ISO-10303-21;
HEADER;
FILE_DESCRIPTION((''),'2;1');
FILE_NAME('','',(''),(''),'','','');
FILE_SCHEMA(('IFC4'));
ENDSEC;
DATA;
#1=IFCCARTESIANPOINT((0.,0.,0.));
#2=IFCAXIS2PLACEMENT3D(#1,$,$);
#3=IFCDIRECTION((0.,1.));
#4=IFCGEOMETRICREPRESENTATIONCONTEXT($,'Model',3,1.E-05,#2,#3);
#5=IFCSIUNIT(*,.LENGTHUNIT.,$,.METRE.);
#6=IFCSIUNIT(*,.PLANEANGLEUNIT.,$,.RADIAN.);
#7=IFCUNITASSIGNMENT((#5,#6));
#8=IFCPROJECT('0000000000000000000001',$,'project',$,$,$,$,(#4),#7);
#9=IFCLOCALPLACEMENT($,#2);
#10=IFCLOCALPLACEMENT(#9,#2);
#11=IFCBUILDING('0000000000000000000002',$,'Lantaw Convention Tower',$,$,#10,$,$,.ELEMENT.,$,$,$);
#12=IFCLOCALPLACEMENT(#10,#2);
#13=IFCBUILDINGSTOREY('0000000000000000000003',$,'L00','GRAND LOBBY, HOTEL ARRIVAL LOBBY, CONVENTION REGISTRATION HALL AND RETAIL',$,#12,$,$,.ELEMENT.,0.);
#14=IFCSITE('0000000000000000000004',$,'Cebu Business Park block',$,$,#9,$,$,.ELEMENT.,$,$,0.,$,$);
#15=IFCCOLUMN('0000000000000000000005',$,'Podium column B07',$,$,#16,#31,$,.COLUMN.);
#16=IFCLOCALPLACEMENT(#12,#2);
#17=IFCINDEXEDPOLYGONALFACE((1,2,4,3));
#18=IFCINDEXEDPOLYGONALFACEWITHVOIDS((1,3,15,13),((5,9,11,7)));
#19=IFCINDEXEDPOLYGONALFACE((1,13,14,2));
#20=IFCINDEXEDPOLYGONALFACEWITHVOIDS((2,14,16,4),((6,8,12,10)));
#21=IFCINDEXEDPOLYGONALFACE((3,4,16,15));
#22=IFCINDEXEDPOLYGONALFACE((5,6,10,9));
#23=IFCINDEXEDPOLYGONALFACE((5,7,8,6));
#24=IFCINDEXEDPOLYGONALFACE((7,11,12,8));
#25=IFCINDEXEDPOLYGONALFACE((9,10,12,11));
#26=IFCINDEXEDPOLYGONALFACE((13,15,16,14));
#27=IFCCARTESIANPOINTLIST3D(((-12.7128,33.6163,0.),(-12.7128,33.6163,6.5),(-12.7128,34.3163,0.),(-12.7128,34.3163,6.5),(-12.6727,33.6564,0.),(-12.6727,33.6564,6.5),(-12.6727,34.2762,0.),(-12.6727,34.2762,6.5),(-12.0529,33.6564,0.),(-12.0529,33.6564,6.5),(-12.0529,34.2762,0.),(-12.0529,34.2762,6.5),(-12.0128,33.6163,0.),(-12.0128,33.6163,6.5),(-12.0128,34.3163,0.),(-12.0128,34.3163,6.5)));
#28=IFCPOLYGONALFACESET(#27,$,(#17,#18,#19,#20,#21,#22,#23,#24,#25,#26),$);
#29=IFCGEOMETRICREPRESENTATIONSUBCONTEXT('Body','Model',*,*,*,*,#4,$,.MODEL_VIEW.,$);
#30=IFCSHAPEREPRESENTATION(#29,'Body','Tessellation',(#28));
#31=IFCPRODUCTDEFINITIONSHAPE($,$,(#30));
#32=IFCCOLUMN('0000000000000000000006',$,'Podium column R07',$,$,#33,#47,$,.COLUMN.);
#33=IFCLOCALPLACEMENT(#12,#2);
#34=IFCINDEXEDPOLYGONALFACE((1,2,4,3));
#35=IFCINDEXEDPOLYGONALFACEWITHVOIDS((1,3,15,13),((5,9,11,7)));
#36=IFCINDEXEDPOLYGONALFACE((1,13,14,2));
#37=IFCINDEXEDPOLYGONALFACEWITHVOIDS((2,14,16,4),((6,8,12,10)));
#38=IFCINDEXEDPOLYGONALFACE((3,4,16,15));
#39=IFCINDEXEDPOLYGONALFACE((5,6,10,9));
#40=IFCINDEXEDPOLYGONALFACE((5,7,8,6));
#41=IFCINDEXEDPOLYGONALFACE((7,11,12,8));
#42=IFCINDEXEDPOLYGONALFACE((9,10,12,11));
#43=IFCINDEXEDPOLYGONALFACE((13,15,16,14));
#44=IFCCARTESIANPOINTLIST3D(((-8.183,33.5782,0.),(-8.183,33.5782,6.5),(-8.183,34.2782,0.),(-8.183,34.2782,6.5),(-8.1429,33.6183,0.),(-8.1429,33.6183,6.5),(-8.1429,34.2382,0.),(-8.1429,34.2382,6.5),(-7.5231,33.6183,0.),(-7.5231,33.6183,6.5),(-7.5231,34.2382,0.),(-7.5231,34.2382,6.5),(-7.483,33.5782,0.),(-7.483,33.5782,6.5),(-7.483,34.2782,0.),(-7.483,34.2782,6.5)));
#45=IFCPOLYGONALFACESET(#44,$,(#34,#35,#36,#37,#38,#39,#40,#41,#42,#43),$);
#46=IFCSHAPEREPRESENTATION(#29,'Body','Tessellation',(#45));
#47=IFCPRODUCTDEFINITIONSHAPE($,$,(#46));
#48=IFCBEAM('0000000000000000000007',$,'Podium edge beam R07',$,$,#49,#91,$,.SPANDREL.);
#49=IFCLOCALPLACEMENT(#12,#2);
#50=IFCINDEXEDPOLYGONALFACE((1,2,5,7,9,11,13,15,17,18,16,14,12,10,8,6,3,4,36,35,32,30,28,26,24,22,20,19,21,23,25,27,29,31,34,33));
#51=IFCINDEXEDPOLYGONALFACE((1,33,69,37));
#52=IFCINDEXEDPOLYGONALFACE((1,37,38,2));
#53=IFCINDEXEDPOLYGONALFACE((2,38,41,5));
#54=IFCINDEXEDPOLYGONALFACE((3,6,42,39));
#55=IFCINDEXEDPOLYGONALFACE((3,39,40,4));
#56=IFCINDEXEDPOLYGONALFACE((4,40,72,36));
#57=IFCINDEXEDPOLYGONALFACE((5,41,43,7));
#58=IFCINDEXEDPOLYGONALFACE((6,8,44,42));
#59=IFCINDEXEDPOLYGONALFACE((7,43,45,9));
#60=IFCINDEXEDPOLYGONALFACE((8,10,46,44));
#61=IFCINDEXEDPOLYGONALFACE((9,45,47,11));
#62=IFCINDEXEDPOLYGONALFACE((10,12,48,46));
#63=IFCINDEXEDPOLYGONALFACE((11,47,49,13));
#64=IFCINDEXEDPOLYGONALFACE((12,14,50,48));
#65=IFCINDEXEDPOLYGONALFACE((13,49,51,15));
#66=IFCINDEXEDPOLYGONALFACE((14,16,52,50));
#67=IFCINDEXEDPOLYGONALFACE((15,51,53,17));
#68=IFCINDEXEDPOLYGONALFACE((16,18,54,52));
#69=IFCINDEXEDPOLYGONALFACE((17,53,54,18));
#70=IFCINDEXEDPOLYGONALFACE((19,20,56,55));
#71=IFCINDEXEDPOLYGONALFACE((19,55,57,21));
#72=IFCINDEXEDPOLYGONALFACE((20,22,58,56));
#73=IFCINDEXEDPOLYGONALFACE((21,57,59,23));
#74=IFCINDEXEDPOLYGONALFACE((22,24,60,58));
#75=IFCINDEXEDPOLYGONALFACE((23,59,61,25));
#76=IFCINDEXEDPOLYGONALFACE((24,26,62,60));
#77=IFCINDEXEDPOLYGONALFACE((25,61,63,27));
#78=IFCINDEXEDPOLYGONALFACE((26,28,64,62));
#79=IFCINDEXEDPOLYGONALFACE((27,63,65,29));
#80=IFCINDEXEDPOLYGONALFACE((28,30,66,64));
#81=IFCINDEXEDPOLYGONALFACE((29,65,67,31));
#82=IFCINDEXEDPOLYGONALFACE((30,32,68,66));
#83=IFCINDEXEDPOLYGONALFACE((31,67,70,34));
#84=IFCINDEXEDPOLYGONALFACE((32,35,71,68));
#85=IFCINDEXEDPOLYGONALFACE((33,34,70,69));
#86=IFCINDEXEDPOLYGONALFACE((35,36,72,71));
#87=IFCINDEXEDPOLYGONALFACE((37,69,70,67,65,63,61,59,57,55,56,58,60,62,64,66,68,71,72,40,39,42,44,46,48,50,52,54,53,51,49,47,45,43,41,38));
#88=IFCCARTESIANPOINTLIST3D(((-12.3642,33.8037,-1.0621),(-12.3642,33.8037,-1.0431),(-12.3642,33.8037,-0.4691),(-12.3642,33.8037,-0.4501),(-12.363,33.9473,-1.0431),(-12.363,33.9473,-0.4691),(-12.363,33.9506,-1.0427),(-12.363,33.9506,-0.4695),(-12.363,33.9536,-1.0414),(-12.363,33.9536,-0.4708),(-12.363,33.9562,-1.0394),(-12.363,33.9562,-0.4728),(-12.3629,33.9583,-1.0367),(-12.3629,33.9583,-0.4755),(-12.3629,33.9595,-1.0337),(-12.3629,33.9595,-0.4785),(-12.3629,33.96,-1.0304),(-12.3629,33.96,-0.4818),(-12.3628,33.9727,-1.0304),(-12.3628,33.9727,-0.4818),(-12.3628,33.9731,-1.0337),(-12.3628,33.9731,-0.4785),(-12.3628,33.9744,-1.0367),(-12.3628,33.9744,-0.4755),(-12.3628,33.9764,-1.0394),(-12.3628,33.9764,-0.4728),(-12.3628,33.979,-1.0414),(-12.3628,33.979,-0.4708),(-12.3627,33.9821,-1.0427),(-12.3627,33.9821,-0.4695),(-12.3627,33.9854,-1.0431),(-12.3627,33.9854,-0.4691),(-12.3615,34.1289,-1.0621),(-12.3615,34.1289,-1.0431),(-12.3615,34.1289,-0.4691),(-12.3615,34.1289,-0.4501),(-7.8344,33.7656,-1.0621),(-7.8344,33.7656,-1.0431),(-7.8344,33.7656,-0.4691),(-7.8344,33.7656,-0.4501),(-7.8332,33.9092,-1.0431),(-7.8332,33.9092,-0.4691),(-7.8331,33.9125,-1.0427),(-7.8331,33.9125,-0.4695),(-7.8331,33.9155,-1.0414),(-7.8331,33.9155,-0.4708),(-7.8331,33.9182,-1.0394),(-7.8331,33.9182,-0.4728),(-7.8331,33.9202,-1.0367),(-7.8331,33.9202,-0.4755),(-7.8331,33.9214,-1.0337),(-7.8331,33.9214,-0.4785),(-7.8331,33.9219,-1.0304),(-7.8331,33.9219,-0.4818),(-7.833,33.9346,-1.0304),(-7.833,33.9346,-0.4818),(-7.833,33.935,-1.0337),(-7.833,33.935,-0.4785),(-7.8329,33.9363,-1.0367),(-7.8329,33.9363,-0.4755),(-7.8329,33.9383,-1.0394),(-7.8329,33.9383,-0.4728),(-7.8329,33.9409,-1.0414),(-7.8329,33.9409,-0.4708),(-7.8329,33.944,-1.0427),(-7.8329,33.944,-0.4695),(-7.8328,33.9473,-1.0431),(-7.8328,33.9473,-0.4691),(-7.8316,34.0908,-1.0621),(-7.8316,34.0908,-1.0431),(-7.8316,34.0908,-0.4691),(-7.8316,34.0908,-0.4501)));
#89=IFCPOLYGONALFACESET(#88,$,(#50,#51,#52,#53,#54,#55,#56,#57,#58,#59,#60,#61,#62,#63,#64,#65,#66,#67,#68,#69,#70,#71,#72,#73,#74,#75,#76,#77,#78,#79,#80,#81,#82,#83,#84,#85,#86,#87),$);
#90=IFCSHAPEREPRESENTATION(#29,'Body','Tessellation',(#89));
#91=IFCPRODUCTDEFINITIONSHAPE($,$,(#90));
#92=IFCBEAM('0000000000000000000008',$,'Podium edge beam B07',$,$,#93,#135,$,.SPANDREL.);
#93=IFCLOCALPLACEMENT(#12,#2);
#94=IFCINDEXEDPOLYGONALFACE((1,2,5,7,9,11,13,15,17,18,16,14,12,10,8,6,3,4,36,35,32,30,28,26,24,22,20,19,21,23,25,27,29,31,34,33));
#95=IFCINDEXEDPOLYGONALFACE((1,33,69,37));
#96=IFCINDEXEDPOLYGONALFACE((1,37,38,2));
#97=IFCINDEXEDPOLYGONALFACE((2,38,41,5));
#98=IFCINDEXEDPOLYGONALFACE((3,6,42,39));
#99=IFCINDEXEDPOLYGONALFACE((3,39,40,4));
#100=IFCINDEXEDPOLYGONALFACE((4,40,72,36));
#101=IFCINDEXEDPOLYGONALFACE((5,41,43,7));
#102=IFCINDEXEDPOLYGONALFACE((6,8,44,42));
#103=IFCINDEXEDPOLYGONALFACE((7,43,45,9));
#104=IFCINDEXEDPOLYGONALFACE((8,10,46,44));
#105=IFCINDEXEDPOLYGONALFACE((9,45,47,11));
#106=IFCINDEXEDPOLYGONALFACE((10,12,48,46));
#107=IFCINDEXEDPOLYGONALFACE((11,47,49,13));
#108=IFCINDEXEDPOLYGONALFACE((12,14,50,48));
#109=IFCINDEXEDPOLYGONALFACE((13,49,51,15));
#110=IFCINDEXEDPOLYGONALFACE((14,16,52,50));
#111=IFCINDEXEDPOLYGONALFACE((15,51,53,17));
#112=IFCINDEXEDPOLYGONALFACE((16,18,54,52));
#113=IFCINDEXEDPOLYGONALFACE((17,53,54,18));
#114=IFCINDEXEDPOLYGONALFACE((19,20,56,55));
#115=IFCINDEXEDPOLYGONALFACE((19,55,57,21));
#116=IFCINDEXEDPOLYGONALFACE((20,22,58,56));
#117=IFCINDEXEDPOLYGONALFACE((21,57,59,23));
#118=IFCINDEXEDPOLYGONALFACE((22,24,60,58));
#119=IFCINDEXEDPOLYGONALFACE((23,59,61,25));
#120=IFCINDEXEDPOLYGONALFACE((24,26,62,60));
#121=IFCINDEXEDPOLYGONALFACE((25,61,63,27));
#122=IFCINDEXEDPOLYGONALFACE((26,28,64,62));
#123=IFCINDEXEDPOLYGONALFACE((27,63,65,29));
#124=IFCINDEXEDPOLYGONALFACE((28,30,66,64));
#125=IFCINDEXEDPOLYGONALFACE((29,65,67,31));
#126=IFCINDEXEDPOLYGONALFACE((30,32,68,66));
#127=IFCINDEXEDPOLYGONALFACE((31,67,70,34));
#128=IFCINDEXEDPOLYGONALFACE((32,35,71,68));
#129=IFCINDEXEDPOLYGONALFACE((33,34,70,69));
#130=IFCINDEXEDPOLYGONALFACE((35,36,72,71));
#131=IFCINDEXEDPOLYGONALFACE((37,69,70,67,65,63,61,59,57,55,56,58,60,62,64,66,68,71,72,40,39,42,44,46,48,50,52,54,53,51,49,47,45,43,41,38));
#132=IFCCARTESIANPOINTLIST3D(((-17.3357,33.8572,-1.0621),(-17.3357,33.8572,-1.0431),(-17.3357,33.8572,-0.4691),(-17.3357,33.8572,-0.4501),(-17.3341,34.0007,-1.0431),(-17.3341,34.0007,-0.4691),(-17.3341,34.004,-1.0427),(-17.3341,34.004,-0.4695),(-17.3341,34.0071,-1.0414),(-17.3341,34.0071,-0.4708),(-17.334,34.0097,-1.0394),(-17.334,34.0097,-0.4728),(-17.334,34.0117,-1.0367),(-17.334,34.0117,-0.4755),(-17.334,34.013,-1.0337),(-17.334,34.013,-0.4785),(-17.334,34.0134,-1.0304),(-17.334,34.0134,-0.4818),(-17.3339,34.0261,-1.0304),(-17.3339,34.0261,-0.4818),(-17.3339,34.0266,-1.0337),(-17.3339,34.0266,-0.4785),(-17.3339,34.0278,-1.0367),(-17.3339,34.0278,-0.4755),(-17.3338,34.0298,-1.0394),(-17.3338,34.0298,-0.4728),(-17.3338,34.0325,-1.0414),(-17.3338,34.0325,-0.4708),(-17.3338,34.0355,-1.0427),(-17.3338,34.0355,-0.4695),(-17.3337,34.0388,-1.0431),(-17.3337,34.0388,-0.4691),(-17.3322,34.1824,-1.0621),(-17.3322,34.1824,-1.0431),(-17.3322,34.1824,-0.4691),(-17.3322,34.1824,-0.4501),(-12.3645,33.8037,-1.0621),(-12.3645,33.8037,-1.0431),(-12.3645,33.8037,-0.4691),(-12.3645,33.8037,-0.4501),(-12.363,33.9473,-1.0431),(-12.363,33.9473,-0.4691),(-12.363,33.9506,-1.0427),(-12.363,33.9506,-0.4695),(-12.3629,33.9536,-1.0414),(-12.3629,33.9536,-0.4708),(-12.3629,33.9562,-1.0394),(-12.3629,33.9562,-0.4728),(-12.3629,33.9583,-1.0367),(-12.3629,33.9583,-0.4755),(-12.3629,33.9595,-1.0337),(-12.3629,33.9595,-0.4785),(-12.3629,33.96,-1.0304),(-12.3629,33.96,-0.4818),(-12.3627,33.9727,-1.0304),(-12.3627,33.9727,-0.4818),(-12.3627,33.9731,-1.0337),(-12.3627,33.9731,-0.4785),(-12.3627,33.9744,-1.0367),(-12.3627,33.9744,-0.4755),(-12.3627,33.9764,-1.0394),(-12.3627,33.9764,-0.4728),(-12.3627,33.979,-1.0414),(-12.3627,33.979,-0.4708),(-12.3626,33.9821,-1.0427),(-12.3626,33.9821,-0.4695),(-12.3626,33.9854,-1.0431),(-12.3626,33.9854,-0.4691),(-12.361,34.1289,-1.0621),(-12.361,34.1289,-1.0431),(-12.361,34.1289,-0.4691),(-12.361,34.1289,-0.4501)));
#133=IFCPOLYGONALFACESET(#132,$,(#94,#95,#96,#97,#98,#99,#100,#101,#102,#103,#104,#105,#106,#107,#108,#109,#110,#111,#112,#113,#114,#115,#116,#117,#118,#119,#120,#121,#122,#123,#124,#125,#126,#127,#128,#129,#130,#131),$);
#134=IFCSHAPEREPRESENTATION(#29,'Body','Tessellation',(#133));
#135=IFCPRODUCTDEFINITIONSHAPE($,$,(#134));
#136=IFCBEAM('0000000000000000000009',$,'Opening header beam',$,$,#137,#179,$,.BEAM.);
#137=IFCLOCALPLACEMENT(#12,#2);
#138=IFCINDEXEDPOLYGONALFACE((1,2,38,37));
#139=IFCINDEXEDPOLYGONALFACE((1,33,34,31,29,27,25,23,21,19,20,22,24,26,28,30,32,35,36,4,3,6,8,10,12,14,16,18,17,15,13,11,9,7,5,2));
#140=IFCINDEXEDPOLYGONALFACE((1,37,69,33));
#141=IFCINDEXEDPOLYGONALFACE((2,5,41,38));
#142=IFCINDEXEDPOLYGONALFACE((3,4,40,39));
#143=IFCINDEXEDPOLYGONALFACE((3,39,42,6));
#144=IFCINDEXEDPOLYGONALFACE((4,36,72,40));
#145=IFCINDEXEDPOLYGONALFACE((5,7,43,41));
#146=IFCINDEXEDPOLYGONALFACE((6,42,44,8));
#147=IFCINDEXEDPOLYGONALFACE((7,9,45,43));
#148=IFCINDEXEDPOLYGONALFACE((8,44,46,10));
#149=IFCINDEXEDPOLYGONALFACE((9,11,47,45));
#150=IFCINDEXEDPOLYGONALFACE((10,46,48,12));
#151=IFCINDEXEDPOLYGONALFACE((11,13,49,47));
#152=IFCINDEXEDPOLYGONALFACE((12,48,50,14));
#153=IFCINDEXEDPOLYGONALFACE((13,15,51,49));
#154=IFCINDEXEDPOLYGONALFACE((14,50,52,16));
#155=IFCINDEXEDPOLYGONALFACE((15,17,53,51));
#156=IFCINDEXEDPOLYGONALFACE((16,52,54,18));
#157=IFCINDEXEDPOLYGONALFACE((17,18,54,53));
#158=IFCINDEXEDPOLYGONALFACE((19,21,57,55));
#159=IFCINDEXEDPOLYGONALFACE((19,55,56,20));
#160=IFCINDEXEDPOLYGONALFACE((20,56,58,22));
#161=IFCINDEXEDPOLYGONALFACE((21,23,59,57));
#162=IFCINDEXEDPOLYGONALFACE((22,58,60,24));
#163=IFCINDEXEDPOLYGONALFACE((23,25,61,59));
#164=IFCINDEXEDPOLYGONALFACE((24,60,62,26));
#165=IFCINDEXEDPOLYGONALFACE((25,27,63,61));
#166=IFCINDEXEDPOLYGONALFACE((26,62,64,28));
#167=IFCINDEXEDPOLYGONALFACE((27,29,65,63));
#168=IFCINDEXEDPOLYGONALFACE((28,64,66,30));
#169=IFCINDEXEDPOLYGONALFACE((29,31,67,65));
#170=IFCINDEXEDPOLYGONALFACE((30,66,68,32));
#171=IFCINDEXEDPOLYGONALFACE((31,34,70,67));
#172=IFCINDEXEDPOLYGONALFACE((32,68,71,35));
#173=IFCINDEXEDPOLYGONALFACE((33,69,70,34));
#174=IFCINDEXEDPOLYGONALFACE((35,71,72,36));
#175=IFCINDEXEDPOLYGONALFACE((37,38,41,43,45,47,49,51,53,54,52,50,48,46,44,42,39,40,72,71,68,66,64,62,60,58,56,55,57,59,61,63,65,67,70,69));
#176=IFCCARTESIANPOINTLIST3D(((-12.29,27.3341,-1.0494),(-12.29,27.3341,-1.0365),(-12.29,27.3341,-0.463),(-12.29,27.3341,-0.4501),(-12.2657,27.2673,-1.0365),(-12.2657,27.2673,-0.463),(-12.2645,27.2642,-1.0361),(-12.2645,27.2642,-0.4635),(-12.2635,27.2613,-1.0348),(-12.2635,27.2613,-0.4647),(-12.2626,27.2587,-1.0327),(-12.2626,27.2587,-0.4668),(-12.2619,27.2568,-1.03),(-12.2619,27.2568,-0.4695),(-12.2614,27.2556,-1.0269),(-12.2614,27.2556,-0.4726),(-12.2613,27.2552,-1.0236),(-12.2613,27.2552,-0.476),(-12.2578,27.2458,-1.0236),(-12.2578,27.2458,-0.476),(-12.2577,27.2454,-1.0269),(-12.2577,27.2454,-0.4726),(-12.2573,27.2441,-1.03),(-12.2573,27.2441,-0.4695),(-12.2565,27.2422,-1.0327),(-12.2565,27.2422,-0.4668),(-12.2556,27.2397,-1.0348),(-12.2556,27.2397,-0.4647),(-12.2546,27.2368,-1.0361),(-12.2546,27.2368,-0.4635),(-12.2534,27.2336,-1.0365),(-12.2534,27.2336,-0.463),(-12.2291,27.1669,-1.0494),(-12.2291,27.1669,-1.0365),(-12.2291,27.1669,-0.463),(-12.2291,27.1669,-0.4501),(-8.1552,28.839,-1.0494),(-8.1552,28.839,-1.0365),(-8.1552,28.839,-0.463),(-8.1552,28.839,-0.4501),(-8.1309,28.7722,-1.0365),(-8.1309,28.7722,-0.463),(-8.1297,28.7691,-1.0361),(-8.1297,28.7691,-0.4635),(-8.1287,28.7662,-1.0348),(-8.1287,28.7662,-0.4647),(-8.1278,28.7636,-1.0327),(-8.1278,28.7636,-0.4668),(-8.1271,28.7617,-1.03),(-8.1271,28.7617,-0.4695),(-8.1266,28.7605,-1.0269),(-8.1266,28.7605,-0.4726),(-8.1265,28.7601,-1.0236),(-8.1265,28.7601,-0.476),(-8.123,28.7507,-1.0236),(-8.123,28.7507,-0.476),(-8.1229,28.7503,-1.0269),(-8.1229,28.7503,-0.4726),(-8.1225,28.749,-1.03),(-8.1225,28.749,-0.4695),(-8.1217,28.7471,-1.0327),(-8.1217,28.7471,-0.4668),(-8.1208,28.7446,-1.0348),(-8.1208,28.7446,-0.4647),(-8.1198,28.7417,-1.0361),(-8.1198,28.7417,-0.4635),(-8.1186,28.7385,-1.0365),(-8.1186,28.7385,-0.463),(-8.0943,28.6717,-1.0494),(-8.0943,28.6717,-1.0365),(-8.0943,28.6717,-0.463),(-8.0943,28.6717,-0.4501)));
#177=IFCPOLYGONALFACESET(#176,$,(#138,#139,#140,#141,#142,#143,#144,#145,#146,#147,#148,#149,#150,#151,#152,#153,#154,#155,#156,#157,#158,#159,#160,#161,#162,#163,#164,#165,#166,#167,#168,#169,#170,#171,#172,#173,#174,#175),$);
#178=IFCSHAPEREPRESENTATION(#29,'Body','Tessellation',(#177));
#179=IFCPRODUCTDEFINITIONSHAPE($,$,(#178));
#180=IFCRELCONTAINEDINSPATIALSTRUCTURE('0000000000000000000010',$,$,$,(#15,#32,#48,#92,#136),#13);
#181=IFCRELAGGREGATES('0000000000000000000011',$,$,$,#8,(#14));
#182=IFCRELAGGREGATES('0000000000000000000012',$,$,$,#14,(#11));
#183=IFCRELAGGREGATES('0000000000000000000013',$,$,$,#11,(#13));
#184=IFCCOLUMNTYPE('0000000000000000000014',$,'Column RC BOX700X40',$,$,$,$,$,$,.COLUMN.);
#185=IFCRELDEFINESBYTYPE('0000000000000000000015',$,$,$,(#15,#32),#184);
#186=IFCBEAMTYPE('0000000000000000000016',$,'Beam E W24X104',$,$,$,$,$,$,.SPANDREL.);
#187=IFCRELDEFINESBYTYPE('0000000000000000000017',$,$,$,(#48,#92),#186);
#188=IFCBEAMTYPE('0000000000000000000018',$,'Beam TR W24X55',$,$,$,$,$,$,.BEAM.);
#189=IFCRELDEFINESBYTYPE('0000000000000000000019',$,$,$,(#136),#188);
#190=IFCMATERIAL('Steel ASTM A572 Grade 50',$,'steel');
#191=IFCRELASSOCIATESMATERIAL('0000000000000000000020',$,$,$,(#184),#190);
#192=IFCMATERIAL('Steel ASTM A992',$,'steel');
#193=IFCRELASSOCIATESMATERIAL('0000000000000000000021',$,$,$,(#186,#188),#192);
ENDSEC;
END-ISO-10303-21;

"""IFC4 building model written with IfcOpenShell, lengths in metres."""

from ifc_helpers import new_model, si_unit, direction, frame, origin, origin_2d, place, context, subcontext, project, spatial, hollow_rectangle, i_section, extrude, material, material_profile, profile_set, type_object, element, save


model = new_model("IFC4")

# Units and contexts
model_context = context("Model", 3, precision=1e-05, world=origin(), true_north=direction((0.0, 1.0)))
body_context = subcontext(model_context, "Body", "Model", "MODEL_VIEW")
ifc_project = project(units=[si_unit("LENGTHUNIT", "METRE"), si_unit("PLANEANGLEUNIT", "RADIAN")], contexts=[model_context])

# Site, building, storey
site_placement = place(None, origin())
site = spatial("IfcSite", under=ifc_project, at=site_placement, Name="Cebu Business Park block", CompositionType="ELEMENT", RefElevation=0.0)
building_placement = place(site_placement, origin())
building = spatial("IfcBuilding", under=site, at=building_placement, Name="Lantaw Convention Tower", CompositionType="ELEMENT")
storey_placement = place(building_placement, origin())
storey = spatial("IfcBuildingStorey", under=building, at=storey_placement, Name="L00", Description="GRAND LOBBY, HOTEL ARRIVAL LOBBY, CONVENTION REGISTRATION HALL AND RETAIL", CompositionType="ELEMENT", Elevation=0.0)

# Columns
ifc_material_1 = material(Name="Steel ASTM A572 Grade 50", Category="steel")
ifc_material_profile_1 = material_profile(ifc_material_1, hollow_rectangle(XDim=0.7, YDim=0.7, WallThickness=0.04, at=origin_2d()), Name="BOX700X40")
ifc_profile_set_1 = profile_set([ifc_material_profile_1], Name="Steel ASTM A572 Grade 50")
column_type = type_object("IfcColumnType", Name="Column RC BOX700X40", PredefinedType="COLUMN", material=ifc_profile_set_1)
for number, where, z_axis, x_axis, name in (
    (1, (-12.3628, 33.9663, 0.0), (0.0, 0.0, 1.0), (1.0, 0.0, 0.0), "Podium column B07"),
    (2, (-7.833, 33.9282, 0.0), (0.0, 0.0, 1.0), (1.0, 0.0, 0.0), "Podium column R07"),
):
    element("IfcColumn", number, at=place(storey_placement, frame(where, z_axis=z_axis, x_axis=x_axis)), inside=storey, type_object=column_type, Name=name, PredefinedType="COLUMN", context=body_context, shape_type="SweptSolid", body=[
        extrude(hollow_rectangle(XDim=0.7, YDim=0.7, WallThickness=0.04, at=origin_2d()), origin(), (0.0, 0.0, 1.0), 6.5),
    ])

# Beams
ifc_material_2 = material(Name="Steel ASTM A992", Category="steel")
ifc_material_profile_2 = material_profile(ifc_material_2, i_section(OverallWidth=0.3252, OverallDepth=0.6121, WebThickness=0.0127, FlangeThickness=0.019, FilletRadius=0.0127, at=origin_2d()), Name="W24X104")
ifc_profile_set_2 = profile_set([ifc_material_profile_2], Name="Steel ASTM A992")
beam_type_1 = type_object("IfcBeamType", Name="Beam E W24X104", PredefinedType="SPANDREL", material=ifc_profile_set_2)
beam_1_placement = place(storey_placement, frame((-7.833, 33.9282, -0.7561), z_axis=(-0.999965, 0.008408, 0.0), x_axis=(-0.008408, -0.999965, 0.0)))
element("IfcBeam", 3, at=beam_1_placement, inside=storey, type_object=beam_type_1, Name="Podium edge beam R07", PredefinedType="SPANDREL", context=body_context, shape_type="SweptSolid", body=[
    extrude(i_section(OverallWidth=0.3252, OverallDepth=0.6121, WebThickness=0.0127, FlangeThickness=0.019, FilletRadius=0.0127, at=origin_2d()), origin(), (0.0, 0.0, 1.0), 4.53),
])
beam_2_placement = place(storey_placement, frame((-12.3628, 33.9663, -0.7561), z_axis=(-0.999942, 0.010755, 0.0), x_axis=(-0.010755, -0.999942, 0.0)))
element("IfcBeam", 4, at=beam_2_placement, inside=storey, type_object=beam_type_1, Name="Podium edge beam B07", PredefinedType="SPANDREL", context=body_context, shape_type="SweptSolid", body=[
    extrude(i_section(OverallWidth=0.3252, OverallDepth=0.6121, WebThickness=0.0127, FlangeThickness=0.019, FilletRadius=0.0127, at=origin_2d()), origin(), (0.0, 0.0, 1.0), 4.9714),
])
ifc_material_profile_3 = material_profile(ifc_material_2, i_section(OverallWidth=0.178, OverallDepth=0.5994, WebThickness=0.01, FlangeThickness=0.0129, FilletRadius=0.0129, at=origin_2d()), Name="W24X55")
ifc_profile_set_3 = profile_set([ifc_material_profile_3], Name="Steel ASTM A992")
beam_type_2 = type_object("IfcBeamType", Name="Beam TR W24X55", PredefinedType="BEAM", material=ifc_profile_set_3)
beam_3_placement = place(storey_placement, frame((-8.1248, 28.7554, -0.7498), z_axis=(-0.939696, -0.34201, 0.0), x_axis=(0.34201, -0.939696, 0.0)))
element("IfcBeam", 5, at=beam_3_placement, inside=storey, type_object=beam_type_2, Name="Opening header beam", PredefinedType="BEAM", context=body_context, shape_type="SweptSolid", body=[
    extrude(i_section(OverallWidth=0.178, OverallDepth=0.5994, WebThickness=0.01, FlangeThickness=0.0129, FilletRadius=0.0129, at=origin_2d()), origin(), (0.0, 0.0, 1.0), 4.4001),
])

save(model, "model.ifc")
